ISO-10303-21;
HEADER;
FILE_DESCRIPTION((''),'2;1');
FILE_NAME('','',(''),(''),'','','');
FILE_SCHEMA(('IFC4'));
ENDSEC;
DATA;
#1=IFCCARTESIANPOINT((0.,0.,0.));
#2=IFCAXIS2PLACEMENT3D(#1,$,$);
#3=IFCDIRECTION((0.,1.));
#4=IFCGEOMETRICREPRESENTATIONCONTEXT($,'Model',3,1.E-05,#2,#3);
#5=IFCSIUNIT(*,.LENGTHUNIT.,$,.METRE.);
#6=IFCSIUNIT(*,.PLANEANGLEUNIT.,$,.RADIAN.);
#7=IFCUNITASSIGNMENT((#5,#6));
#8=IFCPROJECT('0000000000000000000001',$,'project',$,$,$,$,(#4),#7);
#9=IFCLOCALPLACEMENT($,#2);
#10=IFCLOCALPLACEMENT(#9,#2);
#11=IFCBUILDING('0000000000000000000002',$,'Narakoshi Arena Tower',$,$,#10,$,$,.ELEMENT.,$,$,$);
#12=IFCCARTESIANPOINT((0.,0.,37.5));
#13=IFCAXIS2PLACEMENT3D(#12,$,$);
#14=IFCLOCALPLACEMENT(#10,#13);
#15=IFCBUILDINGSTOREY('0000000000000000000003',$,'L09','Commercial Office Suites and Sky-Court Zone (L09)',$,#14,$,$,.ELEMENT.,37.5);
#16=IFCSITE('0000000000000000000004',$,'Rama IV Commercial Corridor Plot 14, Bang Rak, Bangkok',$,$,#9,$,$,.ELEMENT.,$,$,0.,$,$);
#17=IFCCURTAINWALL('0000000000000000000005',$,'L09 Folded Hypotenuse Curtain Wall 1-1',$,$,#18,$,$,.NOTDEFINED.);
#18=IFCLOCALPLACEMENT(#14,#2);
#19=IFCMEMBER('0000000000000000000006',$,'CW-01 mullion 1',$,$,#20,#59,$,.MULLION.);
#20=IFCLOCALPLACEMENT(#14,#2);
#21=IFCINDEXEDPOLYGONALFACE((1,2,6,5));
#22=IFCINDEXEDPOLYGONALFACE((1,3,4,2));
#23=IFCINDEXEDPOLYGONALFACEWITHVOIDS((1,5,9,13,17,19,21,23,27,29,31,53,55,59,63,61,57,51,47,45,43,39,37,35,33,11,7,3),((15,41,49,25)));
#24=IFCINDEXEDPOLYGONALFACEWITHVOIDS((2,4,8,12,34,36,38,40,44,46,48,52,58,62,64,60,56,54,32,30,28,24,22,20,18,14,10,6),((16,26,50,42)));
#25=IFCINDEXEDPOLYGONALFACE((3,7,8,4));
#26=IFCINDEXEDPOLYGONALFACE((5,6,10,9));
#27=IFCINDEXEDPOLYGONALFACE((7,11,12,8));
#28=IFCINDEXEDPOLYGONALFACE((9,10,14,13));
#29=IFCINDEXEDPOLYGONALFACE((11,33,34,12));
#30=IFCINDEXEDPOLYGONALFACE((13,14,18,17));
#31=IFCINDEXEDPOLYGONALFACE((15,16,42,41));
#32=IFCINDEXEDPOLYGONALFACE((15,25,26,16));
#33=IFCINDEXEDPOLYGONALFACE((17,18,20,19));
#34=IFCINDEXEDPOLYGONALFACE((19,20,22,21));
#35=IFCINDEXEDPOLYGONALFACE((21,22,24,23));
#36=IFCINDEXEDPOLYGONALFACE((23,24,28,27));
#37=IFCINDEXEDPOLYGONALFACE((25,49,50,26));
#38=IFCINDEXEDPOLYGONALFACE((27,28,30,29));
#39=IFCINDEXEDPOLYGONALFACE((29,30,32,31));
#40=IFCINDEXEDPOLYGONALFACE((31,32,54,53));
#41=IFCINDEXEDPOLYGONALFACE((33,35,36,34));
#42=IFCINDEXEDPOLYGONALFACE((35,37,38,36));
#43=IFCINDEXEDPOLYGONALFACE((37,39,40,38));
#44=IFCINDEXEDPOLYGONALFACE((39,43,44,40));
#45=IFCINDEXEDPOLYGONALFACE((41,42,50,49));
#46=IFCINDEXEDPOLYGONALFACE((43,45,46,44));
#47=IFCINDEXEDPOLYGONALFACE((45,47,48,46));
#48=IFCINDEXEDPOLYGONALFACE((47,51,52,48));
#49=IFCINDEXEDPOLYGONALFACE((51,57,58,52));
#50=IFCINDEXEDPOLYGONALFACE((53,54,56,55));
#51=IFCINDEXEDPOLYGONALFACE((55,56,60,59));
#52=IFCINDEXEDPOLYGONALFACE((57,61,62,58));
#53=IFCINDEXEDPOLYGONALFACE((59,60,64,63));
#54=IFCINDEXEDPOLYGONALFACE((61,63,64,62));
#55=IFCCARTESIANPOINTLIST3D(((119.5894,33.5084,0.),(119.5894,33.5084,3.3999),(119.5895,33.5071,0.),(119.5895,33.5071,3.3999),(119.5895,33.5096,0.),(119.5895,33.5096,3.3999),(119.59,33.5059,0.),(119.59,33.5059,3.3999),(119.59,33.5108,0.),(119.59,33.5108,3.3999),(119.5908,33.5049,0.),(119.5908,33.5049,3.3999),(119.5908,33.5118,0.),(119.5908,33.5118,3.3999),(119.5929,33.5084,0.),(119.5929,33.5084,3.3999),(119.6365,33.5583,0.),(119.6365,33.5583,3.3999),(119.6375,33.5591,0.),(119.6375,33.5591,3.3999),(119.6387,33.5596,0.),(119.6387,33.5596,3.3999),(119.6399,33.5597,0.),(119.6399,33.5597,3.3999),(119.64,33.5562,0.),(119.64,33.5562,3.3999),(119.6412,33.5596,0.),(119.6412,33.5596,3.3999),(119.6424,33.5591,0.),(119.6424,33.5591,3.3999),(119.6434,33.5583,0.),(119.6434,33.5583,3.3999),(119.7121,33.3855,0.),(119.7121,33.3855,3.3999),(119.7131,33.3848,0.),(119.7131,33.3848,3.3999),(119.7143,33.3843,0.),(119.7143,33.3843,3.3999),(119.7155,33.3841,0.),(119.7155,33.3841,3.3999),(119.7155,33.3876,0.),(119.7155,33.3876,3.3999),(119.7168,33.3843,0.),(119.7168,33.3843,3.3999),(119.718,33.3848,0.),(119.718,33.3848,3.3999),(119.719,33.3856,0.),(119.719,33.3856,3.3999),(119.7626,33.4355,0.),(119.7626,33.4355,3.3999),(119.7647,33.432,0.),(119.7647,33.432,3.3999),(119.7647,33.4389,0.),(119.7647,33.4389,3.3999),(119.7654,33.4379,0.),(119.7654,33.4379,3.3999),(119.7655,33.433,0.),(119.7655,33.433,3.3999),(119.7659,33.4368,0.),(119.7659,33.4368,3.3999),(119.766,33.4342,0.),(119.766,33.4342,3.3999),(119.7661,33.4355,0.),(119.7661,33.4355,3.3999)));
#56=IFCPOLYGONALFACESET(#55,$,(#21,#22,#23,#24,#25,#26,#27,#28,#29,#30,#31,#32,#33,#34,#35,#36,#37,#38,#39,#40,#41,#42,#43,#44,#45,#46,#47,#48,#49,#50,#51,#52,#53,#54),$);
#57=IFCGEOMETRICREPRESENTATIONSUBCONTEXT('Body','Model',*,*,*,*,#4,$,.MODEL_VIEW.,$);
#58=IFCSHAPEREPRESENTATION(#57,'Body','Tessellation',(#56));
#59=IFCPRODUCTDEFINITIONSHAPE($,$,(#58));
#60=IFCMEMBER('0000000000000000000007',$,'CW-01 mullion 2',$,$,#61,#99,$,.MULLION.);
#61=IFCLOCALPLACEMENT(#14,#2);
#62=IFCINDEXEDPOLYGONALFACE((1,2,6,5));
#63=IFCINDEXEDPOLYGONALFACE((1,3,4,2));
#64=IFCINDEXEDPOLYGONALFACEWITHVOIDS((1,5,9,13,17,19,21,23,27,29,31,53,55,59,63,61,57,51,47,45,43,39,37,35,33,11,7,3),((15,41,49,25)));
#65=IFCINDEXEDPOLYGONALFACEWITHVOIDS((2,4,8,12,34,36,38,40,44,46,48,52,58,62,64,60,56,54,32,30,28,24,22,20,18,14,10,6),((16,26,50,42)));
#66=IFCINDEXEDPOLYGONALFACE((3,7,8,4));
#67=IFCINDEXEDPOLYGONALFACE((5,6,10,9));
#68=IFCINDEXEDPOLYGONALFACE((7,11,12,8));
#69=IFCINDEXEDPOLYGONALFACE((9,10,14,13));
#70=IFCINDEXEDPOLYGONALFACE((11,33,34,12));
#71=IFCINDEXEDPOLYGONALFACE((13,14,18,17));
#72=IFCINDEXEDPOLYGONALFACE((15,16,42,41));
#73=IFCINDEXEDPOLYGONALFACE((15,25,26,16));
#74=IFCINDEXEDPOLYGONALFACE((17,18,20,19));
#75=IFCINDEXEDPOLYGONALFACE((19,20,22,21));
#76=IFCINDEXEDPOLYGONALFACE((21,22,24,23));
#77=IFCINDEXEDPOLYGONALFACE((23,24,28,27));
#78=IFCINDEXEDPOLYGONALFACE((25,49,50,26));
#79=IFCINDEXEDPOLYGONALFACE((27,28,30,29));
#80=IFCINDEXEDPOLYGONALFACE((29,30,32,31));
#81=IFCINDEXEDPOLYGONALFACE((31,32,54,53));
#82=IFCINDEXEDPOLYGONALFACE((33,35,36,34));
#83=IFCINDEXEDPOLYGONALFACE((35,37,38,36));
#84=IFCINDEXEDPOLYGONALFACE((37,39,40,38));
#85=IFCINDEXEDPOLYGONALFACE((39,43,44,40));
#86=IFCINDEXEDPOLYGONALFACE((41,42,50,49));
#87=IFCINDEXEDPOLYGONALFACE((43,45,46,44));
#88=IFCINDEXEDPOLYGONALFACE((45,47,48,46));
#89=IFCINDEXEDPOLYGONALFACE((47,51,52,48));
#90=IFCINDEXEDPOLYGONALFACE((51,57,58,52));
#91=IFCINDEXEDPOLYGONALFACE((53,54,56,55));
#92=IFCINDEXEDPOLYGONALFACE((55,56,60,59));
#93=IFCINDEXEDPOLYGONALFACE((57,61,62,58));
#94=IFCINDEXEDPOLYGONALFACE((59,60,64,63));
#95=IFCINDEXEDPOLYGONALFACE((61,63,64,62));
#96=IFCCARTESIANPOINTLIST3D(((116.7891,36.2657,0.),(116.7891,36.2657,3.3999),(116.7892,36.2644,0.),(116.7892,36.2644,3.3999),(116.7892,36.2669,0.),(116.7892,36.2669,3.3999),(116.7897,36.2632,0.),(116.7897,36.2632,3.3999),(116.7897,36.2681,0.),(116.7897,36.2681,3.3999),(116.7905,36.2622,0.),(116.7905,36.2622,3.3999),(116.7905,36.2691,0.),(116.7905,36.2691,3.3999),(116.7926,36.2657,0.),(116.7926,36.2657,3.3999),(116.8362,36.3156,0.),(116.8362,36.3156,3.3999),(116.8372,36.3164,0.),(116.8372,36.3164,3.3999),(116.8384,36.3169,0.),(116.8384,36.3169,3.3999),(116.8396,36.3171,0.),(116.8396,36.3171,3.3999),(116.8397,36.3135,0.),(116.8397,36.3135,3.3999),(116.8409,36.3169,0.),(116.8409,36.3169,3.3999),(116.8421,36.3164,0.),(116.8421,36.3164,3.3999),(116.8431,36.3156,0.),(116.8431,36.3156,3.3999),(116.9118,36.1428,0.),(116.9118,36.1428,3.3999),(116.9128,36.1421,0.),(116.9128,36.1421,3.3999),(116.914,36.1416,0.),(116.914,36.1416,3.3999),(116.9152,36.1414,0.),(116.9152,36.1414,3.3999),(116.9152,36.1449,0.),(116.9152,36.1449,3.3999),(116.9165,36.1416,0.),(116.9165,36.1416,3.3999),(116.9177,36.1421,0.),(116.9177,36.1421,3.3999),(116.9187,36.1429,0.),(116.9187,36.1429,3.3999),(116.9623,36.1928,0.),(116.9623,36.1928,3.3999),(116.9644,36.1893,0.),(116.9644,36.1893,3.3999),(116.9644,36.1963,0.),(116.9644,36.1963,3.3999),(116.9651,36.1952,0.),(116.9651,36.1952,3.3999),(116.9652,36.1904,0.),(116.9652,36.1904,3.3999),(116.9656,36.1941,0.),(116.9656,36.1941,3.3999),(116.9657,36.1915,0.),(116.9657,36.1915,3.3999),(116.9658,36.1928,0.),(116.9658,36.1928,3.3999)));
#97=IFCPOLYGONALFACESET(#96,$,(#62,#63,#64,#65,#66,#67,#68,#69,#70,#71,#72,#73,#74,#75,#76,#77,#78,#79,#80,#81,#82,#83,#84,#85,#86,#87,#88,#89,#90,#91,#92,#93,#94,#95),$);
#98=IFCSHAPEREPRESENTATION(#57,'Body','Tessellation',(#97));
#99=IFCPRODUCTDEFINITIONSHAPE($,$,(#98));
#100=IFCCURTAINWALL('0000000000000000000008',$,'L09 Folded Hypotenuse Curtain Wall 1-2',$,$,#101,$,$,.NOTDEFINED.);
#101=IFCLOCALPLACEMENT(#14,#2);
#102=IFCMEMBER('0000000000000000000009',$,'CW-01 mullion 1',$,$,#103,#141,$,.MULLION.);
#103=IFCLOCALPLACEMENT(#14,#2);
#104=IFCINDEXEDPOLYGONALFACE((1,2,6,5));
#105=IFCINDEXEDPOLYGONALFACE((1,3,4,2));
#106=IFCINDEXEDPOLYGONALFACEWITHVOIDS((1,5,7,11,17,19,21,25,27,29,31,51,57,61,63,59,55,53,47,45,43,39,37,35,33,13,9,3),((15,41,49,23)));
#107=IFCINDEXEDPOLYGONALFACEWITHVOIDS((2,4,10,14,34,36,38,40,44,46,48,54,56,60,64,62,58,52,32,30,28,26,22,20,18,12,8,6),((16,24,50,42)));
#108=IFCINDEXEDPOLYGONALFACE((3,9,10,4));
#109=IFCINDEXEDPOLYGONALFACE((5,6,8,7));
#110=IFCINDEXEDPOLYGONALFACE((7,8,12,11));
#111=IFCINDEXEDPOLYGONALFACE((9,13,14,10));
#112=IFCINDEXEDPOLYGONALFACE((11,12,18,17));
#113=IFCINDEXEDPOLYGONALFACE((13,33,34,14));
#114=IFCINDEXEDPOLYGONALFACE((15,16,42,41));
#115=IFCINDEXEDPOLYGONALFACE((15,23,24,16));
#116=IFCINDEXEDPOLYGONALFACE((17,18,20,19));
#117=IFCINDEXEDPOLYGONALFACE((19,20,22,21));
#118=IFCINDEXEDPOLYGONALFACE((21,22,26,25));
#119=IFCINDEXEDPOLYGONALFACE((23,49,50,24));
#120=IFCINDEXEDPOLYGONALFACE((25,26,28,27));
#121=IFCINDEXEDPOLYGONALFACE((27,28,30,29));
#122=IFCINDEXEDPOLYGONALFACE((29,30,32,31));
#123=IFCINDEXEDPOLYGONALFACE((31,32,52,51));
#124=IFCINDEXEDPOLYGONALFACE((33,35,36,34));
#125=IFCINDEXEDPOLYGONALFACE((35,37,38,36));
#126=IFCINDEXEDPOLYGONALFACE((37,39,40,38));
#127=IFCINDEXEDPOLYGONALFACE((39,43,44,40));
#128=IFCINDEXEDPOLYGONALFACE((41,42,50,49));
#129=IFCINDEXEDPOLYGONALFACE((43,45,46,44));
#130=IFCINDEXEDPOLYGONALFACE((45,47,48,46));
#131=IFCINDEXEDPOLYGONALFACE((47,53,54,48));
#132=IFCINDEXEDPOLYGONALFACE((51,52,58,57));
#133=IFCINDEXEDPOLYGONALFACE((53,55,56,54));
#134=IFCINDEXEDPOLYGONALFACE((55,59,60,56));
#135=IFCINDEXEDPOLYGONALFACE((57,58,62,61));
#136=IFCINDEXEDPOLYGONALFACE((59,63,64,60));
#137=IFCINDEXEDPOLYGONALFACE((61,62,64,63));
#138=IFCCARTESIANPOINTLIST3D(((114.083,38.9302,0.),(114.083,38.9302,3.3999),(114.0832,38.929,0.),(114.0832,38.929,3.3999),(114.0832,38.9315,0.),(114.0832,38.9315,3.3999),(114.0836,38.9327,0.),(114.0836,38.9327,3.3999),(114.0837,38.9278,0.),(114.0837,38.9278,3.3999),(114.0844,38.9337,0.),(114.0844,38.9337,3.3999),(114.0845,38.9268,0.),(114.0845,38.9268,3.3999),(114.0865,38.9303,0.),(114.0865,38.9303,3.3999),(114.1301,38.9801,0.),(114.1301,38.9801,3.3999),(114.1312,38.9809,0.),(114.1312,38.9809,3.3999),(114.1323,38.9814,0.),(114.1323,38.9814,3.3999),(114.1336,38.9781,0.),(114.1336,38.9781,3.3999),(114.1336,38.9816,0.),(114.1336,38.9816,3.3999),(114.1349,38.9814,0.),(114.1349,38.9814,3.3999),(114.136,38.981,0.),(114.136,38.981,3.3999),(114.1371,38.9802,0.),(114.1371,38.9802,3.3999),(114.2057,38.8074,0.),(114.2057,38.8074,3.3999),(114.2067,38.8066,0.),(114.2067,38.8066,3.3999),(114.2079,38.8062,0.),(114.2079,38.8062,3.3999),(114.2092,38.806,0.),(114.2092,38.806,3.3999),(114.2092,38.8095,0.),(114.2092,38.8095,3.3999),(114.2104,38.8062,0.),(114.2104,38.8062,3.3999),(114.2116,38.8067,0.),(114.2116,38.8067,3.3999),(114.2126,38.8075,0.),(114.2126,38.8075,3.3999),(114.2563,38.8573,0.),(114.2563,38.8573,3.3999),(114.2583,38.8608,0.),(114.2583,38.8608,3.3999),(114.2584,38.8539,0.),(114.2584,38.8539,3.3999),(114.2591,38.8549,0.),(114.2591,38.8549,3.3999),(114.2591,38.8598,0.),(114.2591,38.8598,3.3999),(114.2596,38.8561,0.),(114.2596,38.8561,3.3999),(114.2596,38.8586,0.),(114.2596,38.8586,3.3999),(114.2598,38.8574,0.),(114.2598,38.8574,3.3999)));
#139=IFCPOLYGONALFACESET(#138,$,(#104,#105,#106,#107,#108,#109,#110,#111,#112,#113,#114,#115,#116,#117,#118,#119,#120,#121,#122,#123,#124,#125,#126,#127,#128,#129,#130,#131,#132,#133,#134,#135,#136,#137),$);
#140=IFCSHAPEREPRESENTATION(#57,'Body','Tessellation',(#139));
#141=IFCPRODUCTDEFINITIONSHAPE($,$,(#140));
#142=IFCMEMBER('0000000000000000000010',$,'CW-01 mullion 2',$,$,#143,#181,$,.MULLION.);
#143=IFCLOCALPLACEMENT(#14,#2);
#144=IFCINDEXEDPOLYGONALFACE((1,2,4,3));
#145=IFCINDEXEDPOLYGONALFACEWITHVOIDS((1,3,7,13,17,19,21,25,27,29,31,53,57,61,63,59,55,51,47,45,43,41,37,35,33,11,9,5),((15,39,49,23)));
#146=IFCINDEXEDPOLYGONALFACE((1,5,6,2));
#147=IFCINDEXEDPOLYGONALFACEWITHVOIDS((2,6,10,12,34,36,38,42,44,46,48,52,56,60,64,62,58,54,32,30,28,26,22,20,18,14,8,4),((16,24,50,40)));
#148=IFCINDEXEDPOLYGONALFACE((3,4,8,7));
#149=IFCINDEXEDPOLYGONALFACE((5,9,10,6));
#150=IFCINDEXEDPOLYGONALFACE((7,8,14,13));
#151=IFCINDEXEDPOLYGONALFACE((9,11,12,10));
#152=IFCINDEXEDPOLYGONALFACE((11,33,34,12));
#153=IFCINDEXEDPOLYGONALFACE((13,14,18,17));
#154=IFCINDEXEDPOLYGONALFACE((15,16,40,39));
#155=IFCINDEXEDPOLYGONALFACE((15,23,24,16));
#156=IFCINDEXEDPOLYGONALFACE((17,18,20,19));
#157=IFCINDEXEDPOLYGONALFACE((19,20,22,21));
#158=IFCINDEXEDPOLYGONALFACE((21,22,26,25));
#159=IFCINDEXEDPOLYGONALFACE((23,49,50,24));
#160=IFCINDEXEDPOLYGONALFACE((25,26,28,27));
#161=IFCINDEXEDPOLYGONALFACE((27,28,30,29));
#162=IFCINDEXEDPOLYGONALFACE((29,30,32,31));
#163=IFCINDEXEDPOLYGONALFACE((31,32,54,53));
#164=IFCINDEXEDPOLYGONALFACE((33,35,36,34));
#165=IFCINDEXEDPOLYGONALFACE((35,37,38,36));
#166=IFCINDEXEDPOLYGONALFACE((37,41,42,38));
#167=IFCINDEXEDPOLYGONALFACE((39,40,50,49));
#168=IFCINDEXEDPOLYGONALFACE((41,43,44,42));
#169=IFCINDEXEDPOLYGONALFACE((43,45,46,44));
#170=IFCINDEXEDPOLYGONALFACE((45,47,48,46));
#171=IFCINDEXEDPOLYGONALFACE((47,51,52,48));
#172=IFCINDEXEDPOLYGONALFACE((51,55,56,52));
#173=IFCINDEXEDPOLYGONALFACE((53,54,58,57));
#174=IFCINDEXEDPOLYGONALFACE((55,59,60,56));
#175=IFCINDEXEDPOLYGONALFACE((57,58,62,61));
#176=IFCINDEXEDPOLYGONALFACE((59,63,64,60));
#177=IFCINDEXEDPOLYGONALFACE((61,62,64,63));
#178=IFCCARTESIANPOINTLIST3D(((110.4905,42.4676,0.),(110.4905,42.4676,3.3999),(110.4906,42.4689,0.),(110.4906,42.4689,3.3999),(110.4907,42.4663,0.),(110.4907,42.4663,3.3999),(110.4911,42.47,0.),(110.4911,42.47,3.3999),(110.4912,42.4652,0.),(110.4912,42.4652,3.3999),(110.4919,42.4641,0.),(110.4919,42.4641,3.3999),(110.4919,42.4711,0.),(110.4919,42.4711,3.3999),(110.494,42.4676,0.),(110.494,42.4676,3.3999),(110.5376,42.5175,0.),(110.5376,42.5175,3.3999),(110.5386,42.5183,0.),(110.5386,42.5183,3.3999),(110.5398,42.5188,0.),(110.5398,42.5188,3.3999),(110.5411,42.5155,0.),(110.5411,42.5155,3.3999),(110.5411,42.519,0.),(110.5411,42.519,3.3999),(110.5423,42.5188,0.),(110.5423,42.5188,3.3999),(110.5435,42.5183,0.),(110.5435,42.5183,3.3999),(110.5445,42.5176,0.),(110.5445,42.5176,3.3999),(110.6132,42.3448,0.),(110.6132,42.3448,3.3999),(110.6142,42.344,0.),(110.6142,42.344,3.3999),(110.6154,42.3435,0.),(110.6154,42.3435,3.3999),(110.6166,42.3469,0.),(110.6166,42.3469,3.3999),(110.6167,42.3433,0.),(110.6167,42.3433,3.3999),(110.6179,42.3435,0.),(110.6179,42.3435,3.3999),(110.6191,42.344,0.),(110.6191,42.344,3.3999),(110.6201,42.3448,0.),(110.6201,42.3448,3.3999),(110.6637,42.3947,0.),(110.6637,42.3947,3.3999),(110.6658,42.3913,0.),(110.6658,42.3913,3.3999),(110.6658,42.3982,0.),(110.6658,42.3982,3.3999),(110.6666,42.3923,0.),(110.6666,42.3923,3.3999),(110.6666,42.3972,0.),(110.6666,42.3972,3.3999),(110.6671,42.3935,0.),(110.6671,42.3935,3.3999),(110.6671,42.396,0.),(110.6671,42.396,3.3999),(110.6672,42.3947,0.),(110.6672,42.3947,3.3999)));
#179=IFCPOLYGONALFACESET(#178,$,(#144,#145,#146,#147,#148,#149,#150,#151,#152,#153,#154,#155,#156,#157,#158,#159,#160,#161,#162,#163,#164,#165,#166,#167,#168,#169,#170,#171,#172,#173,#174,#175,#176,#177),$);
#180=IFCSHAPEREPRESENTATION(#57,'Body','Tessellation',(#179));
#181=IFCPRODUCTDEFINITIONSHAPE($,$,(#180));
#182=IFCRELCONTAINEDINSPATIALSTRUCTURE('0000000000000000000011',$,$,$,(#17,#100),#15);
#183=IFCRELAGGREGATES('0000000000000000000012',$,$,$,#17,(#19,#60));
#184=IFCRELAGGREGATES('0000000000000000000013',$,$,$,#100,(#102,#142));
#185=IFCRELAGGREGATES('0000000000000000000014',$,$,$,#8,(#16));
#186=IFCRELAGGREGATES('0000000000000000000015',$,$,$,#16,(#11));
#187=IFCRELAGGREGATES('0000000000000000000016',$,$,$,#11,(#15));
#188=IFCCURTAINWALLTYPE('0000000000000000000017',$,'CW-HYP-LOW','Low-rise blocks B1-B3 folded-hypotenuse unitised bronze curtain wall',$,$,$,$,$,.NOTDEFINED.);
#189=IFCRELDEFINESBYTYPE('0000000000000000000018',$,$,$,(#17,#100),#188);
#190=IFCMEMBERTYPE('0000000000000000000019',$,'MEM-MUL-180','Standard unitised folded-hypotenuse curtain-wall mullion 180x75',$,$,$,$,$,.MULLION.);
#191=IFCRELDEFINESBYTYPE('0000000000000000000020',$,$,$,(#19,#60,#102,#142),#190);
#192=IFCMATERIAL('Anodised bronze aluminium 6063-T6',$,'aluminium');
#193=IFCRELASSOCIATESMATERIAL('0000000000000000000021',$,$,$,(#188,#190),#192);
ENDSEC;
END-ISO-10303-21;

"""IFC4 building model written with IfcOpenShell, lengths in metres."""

from ifc_helpers import new_model, si_unit, direction, frame, origin, origin_2d, place, context, subcontext, project, spatial, hollow_rectangle, extrude, material, material_profile, profile_set, type_object, element, aggregate, save


model = new_model("IFC4")

# Units and contexts
model_context = context("Model", 3, precision=1e-05, world=origin(), true_north=direction((0.0, 1.0)))
body_context = subcontext(model_context, "Body", "Model", "MODEL_VIEW")
ifc_project = project(units=[si_unit("LENGTHUNIT", "METRE"), si_unit("PLANEANGLEUNIT", "RADIAN")], contexts=[model_context])

# Site, building, storey
site_placement = place(None, origin())
site = spatial("IfcSite", under=ifc_project, at=site_placement, Name="Rama IV Commercial Corridor Plot 14, Bang Rak, Bangkok", CompositionType="ELEMENT", RefElevation=0.0)
building_placement = place(site_placement, origin())
building = spatial("IfcBuilding", under=site, at=building_placement, Name="Narakoshi Arena Tower", CompositionType="ELEMENT")
storey_placement = place(building_placement, frame((0.0, 0.0, 37.5)))
storey = spatial("IfcBuildingStorey", under=building, at=storey_placement, Name="L09", Description="Commercial Office Suites and Sky-Court Zone (L09)", CompositionType="ELEMENT", Elevation=37.5)

# Curtain walls, members
ifc_material_1 = material(Name="Anodised bronze aluminium 6063-T6", Category="aluminium")
curtain_wall_type = type_object("IfcCurtainWallType", Name="CW-HYP-LOW", Description="Low-rise blocks B1-B3 folded-hypotenuse unitised bronze curtain wall", PredefinedType="NOTDEFINED", material=ifc_material_1)
curtain_wall_1_placement = place(storey_placement, origin())
curtain_wall_1 = element("IfcCurtainWall", 1, at=curtain_wall_1_placement, inside=storey, type_object=curtain_wall_type, Name="L09 Folded Hypotenuse Curtain Wall 1-1", PredefinedType="NOTDEFINED")
ifc_material_profile_1 = material_profile(ifc_material_1, hollow_rectangle(XDim=0.075, YDim=0.1799, WallThickness=0.0039, OuterFilletRadius=0.0049, at=origin_2d()), Name="MUL180x75x4")
ifc_profile_set_1 = profile_set([ifc_material_profile_1], Name="Anodised bronze aluminium 6063-T6")
member_type_1 = type_object("IfcMemberType", Name="MEM-MUL-180", Description="Standard unitised folded-hypotenuse curtain-wall mullion 180x75", PredefinedType="MULLION", material=ifc_profile_set_1)
member_1_placement = place(storey_placement, frame((119.6777, 33.4719, 0.0), z_axis=(0.0, 0.0, 1.0), x_axis=(-0.70163, -0.712541, 0.0)))
member_1 = element("IfcMember", 2, at=member_1_placement, type_object=member_type_1, Name="CW-01 mullion 1", PredefinedType="MULLION", context=body_context, shape_type="SweptSolid", body=[
    extrude(hollow_rectangle(XDim=0.075, YDim=0.1799, WallThickness=0.0039, OuterFilletRadius=0.0049, at=origin_2d()), origin(), (0.0, 0.0, 1.0), 3.3999),
])
member_2_placement = place(storey_placement, frame((116.8774, 36.2292, 0.0), z_axis=(0.0, 0.0, 1.0), x_axis=(-0.70163, -0.712541, 0.0)))
member_2 = element("IfcMember", 3, at=member_2_placement, type_object=member_type_1, Name="CW-01 mullion 2", PredefinedType="MULLION", context=body_context, shape_type="SweptSolid", body=[
    extrude(hollow_rectangle(XDim=0.075, YDim=0.1799, WallThickness=0.0039, OuterFilletRadius=0.0049, at=origin_2d()), origin(), (0.0, 0.0, 1.0), 3.3999),
])
curtain_wall_2_placement = place(storey_placement, origin())
curtain_wall_2 = element("IfcCurtainWall", 4, at=curtain_wall_2_placement, inside=storey, type_object=curtain_wall_type, Name="L09 Folded Hypotenuse Curtain Wall 1-2", PredefinedType="NOTDEFINED")
member_3_placement = place(storey_placement, frame((114.1714, 38.8938, 0.0), z_axis=(0.0, 0.0, 1.0), x_axis=(-0.701623, -0.712548, 0.0)))
member_3 = element("IfcMember", 5, at=member_3_placement, type_object=member_type_1, Name="CW-01 mullion 1", PredefinedType="MULLION", context=body_context, shape_type="SweptSolid", body=[
    extrude(hollow_rectangle(XDim=0.075, YDim=0.1799, WallThickness=0.0039, OuterFilletRadius=0.0049, at=origin_2d()), origin(), (0.0, 0.0, 1.0), 3.3999),
])
member_4_placement = place(storey_placement, frame((110.5789, 42.4312, 0.0), z_axis=(0.0, 0.0, 1.0), x_axis=(-0.701623, -0.712548, 0.0)))
member_4 = element("IfcMember", 6, at=member_4_placement, type_object=member_type_1, Name="CW-01 mullion 2", PredefinedType="MULLION", context=body_context, shape_type="SweptSolid", body=[
    extrude(hollow_rectangle(XDim=0.075, YDim=0.1799, WallThickness=0.0039, OuterFilletRadius=0.0049, at=origin_2d()), origin(), (0.0, 0.0, 1.0), 3.3999),
])

aggregate(curtain_wall_1, [member_1, member_2])
aggregate(curtain_wall_2, [member_3, member_4])

save(model, "model.ifc")
